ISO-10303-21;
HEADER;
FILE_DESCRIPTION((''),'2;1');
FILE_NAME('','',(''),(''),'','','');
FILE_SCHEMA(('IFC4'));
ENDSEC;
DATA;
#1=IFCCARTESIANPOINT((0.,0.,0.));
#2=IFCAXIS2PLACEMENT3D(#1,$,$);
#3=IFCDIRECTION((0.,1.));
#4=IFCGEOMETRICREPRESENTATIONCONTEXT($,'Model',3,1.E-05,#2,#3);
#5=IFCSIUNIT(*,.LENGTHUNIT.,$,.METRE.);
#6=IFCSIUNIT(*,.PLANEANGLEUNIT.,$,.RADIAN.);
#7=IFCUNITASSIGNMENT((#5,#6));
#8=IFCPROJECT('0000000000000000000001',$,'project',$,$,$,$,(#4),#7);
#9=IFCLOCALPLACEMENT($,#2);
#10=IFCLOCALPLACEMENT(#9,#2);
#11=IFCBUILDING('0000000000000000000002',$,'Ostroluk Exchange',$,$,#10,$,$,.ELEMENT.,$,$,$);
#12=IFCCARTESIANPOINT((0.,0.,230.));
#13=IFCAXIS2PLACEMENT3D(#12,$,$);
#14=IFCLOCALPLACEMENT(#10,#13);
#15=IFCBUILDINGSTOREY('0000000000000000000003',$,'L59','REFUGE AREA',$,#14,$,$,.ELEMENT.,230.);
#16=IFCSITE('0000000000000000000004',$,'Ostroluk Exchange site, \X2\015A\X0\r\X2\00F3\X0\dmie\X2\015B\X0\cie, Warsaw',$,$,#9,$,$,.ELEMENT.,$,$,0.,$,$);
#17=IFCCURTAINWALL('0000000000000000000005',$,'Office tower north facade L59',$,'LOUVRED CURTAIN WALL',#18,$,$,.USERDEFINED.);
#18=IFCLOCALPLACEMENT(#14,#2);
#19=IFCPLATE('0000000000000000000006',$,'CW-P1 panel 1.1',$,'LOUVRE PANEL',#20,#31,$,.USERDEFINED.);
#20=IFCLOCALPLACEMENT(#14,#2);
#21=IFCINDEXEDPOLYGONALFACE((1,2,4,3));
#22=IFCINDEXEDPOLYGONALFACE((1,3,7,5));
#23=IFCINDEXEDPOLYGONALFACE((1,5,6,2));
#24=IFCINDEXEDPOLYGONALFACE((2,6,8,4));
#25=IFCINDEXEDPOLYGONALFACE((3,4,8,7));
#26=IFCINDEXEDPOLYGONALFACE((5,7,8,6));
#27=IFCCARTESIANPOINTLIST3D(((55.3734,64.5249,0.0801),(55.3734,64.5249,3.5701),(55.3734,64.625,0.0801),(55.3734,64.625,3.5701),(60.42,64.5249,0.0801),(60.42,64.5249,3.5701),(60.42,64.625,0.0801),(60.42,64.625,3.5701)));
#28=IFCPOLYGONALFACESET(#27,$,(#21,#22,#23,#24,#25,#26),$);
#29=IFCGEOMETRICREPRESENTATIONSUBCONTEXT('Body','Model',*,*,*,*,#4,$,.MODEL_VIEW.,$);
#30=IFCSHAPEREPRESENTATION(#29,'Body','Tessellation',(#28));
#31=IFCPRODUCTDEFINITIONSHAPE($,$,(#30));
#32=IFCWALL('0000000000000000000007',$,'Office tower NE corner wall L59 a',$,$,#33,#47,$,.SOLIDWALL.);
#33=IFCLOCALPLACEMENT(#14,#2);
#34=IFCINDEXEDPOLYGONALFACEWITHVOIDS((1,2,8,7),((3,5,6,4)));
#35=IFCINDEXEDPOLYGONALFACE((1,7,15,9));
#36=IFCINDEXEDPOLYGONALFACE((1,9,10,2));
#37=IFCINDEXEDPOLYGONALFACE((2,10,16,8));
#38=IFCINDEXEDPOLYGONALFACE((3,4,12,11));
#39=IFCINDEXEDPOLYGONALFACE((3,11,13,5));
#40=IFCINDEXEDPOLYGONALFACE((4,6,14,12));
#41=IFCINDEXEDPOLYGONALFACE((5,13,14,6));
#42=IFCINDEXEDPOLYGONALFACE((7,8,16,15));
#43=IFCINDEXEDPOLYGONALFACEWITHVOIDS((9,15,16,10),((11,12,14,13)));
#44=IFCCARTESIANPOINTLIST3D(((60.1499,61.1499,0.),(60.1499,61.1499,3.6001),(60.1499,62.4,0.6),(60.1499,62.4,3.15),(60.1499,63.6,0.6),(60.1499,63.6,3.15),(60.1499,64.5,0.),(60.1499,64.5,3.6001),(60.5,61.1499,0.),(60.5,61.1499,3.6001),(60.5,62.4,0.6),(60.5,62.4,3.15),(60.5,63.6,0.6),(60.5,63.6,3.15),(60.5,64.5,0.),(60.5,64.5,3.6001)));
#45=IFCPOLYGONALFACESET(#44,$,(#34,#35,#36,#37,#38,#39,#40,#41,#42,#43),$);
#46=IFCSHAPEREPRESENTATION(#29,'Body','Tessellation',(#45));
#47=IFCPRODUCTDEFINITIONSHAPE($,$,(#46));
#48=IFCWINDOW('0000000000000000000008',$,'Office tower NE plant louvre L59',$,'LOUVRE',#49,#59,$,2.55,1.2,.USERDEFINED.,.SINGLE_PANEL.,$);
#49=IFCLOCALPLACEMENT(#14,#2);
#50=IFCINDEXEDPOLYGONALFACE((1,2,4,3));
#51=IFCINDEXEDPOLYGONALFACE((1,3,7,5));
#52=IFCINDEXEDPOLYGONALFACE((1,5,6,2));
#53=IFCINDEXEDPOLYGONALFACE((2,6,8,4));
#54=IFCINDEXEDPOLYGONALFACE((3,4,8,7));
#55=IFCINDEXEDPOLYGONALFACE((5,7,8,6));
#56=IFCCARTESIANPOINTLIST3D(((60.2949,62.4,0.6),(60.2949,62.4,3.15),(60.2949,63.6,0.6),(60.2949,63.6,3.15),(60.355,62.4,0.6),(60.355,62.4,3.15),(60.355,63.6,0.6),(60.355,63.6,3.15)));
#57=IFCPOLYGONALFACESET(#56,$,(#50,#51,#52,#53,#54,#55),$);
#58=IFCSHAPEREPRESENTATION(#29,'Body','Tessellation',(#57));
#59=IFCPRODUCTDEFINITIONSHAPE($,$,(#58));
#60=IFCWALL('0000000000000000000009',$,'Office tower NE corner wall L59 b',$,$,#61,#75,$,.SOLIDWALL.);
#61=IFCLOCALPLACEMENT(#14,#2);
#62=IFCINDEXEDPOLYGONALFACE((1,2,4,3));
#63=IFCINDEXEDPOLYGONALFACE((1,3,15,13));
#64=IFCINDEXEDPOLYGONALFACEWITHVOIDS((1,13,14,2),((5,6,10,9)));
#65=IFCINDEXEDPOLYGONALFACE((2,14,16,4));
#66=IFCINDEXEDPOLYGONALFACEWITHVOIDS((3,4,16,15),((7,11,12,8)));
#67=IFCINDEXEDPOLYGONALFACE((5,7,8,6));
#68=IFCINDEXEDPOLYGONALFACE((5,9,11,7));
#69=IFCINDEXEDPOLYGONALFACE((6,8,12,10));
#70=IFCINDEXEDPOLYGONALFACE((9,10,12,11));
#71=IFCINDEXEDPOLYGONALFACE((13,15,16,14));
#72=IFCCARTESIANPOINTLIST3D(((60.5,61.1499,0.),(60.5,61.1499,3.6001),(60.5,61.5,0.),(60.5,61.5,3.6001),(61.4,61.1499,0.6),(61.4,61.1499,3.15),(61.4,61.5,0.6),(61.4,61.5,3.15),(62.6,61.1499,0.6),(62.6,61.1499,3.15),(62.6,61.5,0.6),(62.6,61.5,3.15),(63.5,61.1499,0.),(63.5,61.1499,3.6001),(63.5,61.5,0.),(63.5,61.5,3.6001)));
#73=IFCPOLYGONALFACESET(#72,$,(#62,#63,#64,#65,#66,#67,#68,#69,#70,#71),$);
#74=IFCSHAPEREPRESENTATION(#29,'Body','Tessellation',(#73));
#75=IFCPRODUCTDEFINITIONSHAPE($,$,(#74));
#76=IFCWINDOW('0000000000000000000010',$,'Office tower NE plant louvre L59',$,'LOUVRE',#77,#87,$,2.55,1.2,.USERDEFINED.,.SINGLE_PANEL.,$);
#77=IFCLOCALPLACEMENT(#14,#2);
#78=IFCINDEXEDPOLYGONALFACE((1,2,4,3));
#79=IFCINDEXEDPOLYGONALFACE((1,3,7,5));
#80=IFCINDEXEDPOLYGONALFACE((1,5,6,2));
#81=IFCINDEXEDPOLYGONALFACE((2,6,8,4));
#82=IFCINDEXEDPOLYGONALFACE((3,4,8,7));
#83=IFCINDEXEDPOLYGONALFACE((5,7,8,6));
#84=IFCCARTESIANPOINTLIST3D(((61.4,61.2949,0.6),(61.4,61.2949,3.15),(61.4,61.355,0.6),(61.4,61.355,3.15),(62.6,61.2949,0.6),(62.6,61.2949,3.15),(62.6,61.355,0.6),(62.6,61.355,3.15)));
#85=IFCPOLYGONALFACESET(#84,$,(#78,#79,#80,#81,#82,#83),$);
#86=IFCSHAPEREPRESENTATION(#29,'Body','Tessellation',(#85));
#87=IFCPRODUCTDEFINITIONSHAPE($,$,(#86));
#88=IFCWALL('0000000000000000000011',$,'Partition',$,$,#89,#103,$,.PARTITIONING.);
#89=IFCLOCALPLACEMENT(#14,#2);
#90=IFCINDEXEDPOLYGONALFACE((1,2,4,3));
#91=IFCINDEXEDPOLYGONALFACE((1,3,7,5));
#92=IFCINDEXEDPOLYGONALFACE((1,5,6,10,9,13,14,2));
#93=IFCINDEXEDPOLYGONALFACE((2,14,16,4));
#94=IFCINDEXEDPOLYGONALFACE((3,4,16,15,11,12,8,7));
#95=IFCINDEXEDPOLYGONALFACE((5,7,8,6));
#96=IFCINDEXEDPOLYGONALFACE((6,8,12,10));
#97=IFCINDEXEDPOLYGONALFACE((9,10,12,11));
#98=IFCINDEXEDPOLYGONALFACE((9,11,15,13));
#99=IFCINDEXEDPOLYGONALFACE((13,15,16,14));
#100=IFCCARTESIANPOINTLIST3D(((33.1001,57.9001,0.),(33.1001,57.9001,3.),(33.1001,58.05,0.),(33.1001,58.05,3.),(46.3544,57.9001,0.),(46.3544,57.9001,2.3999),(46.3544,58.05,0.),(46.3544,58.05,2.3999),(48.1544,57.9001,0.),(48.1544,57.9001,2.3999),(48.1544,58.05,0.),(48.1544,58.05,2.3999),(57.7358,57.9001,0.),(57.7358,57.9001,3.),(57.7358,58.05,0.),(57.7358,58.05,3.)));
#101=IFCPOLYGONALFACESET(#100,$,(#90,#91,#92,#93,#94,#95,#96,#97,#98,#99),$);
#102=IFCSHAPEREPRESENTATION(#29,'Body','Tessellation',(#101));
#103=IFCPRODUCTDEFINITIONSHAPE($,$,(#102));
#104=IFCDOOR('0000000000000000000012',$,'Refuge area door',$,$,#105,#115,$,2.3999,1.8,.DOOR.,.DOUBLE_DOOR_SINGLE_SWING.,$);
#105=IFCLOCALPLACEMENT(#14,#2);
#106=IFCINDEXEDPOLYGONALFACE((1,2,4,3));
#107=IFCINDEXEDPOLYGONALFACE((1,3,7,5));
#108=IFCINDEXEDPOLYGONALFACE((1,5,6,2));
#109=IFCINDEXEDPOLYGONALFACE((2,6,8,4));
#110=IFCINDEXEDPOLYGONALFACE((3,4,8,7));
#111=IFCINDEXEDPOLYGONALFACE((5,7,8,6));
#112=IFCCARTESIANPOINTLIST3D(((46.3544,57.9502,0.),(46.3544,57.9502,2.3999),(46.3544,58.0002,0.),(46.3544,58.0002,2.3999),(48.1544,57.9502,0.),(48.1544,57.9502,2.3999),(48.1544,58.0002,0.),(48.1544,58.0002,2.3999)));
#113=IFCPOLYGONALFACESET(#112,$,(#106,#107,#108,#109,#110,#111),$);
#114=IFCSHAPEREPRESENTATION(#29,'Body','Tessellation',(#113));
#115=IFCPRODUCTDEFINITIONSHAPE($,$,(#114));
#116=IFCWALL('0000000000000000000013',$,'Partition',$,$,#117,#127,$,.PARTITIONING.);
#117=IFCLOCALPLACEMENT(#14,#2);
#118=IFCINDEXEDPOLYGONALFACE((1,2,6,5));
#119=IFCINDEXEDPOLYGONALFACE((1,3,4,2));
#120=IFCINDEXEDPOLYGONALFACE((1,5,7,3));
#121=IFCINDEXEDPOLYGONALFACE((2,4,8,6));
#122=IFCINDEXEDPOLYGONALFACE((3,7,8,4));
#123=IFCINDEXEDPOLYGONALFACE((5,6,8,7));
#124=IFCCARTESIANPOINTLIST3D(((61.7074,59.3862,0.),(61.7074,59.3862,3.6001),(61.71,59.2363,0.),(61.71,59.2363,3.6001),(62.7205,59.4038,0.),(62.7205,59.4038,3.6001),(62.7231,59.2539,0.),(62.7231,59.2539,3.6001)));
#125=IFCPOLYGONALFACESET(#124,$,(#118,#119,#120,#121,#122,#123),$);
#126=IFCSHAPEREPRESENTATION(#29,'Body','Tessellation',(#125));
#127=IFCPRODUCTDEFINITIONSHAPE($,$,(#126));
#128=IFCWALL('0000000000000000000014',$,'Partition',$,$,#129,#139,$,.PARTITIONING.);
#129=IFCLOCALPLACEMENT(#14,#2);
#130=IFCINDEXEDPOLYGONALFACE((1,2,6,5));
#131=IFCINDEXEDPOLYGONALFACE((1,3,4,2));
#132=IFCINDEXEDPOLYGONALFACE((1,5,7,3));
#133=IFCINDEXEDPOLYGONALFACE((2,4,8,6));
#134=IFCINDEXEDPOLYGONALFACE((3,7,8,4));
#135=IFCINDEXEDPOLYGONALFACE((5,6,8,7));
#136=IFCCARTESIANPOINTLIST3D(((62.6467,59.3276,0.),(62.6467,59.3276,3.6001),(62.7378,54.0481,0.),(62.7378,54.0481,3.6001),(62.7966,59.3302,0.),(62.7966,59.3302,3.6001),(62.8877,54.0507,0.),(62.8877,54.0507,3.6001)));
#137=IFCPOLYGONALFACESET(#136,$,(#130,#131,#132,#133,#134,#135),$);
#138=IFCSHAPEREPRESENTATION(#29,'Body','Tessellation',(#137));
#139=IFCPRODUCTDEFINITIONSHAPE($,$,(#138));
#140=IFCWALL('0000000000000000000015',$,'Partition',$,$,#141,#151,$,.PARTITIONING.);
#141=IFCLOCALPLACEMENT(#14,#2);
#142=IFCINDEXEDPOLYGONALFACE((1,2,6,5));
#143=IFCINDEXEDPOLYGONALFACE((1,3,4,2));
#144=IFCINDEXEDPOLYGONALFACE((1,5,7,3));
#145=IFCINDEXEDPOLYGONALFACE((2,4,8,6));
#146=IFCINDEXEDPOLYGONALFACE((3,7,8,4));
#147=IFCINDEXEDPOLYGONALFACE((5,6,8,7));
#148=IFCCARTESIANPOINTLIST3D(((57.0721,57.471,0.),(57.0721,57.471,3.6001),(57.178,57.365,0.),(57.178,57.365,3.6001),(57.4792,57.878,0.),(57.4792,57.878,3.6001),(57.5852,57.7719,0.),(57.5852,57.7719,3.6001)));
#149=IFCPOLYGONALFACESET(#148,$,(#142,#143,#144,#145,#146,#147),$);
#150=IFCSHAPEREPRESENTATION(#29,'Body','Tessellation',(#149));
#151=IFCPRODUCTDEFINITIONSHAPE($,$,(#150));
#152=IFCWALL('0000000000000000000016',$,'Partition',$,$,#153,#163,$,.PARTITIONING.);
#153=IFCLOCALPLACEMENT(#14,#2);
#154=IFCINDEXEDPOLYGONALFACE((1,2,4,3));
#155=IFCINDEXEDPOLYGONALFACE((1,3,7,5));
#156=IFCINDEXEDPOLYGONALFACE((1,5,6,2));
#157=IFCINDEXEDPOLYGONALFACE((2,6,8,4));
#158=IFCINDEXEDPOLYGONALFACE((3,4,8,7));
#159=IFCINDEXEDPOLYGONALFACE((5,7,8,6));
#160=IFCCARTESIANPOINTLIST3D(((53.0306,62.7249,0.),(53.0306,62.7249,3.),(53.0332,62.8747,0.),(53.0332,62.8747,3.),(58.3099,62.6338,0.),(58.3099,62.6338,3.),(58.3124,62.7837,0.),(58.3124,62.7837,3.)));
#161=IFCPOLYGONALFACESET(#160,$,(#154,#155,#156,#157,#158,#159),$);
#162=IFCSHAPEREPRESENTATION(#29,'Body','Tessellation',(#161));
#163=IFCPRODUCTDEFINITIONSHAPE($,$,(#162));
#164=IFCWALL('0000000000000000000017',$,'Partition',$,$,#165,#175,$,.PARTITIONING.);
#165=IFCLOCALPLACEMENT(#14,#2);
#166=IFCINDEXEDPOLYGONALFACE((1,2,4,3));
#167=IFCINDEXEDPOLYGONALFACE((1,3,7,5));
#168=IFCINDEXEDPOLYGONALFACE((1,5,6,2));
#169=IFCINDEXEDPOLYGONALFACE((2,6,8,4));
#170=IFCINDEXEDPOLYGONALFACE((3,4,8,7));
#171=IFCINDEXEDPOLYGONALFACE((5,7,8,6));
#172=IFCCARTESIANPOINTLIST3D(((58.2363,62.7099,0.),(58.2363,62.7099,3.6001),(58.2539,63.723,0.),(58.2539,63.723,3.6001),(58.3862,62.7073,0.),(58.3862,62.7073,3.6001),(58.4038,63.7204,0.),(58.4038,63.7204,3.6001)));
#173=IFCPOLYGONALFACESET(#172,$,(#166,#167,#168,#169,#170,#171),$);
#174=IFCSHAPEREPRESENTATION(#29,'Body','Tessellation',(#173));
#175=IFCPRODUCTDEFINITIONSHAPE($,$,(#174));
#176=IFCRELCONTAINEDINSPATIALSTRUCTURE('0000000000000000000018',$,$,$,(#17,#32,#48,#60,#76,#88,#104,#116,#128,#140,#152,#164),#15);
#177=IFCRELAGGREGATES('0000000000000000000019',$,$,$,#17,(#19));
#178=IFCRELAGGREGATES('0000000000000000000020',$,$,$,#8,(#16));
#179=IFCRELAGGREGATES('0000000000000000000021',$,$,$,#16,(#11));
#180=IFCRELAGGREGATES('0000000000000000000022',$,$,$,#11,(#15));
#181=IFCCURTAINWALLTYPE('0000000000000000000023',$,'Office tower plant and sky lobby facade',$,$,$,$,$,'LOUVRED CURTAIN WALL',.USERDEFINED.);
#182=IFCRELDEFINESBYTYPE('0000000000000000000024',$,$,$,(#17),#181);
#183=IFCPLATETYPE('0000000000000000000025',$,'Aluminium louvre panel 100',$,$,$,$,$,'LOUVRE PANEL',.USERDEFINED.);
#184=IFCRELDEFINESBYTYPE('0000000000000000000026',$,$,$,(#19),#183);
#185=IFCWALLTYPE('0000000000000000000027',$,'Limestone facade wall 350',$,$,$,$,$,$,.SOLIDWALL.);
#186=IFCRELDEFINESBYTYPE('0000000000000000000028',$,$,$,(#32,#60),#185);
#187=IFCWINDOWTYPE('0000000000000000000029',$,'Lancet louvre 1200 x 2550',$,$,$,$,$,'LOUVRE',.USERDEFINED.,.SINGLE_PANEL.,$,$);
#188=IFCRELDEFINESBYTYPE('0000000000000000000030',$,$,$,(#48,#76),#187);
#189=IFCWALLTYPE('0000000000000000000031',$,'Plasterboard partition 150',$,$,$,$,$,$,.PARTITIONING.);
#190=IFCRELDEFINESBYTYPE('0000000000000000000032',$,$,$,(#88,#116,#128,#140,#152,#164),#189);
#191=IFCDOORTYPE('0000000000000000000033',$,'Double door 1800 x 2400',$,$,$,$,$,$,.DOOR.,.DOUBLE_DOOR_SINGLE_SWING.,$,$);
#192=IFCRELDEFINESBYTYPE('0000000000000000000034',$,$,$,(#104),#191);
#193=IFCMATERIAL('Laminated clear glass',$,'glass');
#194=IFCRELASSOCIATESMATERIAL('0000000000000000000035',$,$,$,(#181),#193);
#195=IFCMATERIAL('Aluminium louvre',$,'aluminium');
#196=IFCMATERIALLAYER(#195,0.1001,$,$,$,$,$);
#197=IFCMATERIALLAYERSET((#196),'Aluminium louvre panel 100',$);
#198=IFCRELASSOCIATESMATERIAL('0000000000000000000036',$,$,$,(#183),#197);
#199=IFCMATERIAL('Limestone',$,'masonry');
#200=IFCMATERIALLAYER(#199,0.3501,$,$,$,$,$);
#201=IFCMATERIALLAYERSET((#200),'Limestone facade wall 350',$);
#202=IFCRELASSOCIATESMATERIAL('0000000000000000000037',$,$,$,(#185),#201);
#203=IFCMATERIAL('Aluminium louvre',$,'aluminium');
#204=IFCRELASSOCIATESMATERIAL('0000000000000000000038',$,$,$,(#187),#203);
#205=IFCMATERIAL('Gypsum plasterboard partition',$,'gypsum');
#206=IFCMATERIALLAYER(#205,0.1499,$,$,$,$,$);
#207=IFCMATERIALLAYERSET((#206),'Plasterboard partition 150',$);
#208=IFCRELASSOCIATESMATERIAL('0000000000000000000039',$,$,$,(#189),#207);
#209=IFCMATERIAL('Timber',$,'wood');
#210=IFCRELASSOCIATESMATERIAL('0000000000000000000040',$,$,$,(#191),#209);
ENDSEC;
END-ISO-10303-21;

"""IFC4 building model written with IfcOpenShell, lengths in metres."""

from ifc_helpers import new_model, si_unit, direction, frame, frame_2d, origin, origin_2d, place, context, subcontext, project, spatial, rectangle, extrude, material, layer, layer_set, type_object, element, fill, aggregate, save


model = new_model("IFC4")

# Units and contexts
model_context = context("Model", 3, precision=1e-05, world=origin(), true_north=direction((0.0, 1.0)))
body_context = subcontext(model_context, "Body", "Model", "MODEL_VIEW")
ifc_project = project(units=[si_unit("LENGTHUNIT", "METRE"), si_unit("PLANEANGLEUNIT", "RADIAN")], contexts=[model_context])

# Site, building, storey
site_placement = place(None, origin())
site = spatial("IfcSite", under=ifc_project, at=site_placement, Name="Ostroluk Exchange site, Śródmieście, Warsaw", CompositionType="ELEMENT", RefElevation=0.0)
building_placement = place(site_placement, origin())
building = spatial("IfcBuilding", under=site, at=building_placement, Name="Ostroluk Exchange", CompositionType="ELEMENT")
storey_placement = place(building_placement, frame((0.0, 0.0, 230.0)))
storey = spatial("IfcBuildingStorey", under=building, at=storey_placement, Name="L59", Description="REFUGE AREA", CompositionType="ELEMENT", Elevation=230.0)

# Curtain wall
ifc_material_1 = material(Name="Laminated clear glass", Category="glass")
curtain_wall_type = type_object("IfcCurtainWallType", Name="Office tower plant and sky lobby facade", ElementType="LOUVRED CURTAIN WALL", PredefinedType="USERDEFINED", material=ifc_material_1)
curtain_wall_1_placement = place(storey_placement, origin())
curtain_wall_1 = element("IfcCurtainWall", 1, at=curtain_wall_1_placement, inside=storey, type_object=curtain_wall_type, Name="Office tower north facade L59", ObjectType="LOUVRED CURTAIN WALL", PredefinedType="USERDEFINED")

# Plate
ifc_material_2 = material(Name="Aluminium louvre", Category="aluminium")
ifc_layer_1 = layer(ifc_material_2, 0.1001)
ifc_layer_set_1 = layer_set([ifc_layer_1], Name="Aluminium louvre panel 100")
plate_type = type_object("IfcPlateType", Name="Aluminium louvre panel 100", ElementType="LOUVRE PANEL", PredefinedType="USERDEFINED", material=ifc_layer_set_1)
plate_1_placement = place(storey_placement, frame((57.8967, 64.575, 0.0801), z_axis=(0.0, 0.0, 1.0), x_axis=(-1.0, 0.0, 0.0)))
plate_1 = element("IfcPlate", 2, at=plate_1_placement, type_object=plate_type, Name="CW-P1 panel 1.1", ObjectType="LOUVRE PANEL", PredefinedType="USERDEFINED", context=body_context, shape_type="SweptSolid", body=[
    extrude(rectangle(XDim=5.0466, YDim=0.1001, at=origin_2d()), origin(), (0.0, 0.0, 1.0), 3.49),
])
aggregate(curtain_wall_1, [plate_1])

# Walls, openings, windows
ifc_material_3 = material(Name="Limestone", Category="masonry")
ifc_layer_2 = layer(ifc_material_3, 0.3501)
ifc_layer_set_2 = layer_set([ifc_layer_2], Name="Limestone facade wall 350")
wall_type_1 = type_object("IfcWallType", Name="Limestone facade wall 350", PredefinedType="SOLIDWALL", material=ifc_layer_set_2)
wall_1_placement = place(storey_placement, frame((60.325, 64.5, 0.0), z_axis=(0.0, 0.0, 1.0), x_axis=(0.0, -1.0, 0.0)))
wall_1 = element("IfcWall", 3, at=wall_1_placement, inside=storey, type_object=wall_type_1, Name="Office tower NE corner wall L59 a", PredefinedType="SOLIDWALL", context=body_context, shape_type="SweptSolid", body=[
    extrude(rectangle(XDim=3.3501, YDim=0.3501, at=frame_2d((1.675, 0.0))), origin(), (0.0, 0.0, 1.0), 3.6001),
])
opening_1_placement = place(wall_1_placement, frame((0.8999, 0.0, 0.6001)))
opening_1 = element("IfcOpeningElement", 4, at=opening_1_placement, cuts=wall_1, PredefinedType="OPENING", context=body_context, shape_type="SweptSolid", body=[
    extrude(rectangle(XDim=1.2, YDim=2.55, at=frame_2d((0.6001, 1.2749))), frame((0.0, 0.1851, 0.0), z_axis=(0.0, -1.0, 0.0), x_axis=(1.0, 0.0, 0.0)), (0.0, 0.0, 1.0), 0.3701),
])
ifc_material_4 = material(Name="Aluminium louvre", Category="aluminium")
window_type = type_object("IfcWindowType", Name="Lancet louvre 1200 x 2550", ElementType="LOUVRE", PartitioningType="SINGLE_PANEL", PredefinedType="USERDEFINED", material=ifc_material_4)
window_1_placement = place(opening_1_placement, origin())
window_1 = element("IfcWindow", 5, at=window_1_placement, inside=storey, type_object=window_type, Name="Office tower NE plant louvre L59", ObjectType="LOUVRE", OverallHeight=2.55, OverallWidth=1.2, PartitioningType="SINGLE_PANEL", PredefinedType="USERDEFINED", context=body_context, shape_type="SweptSolid", body=[
    extrude(rectangle(XDim=1.2, YDim=2.55, at=frame_2d((0.6001, 1.2749))), frame((0.0, 0.03, 0.0), z_axis=(0.0, -1.0, 0.0), x_axis=(1.0, 0.0, 0.0)), (0.0, 0.0, 1.0), 0.0601),
])
fill(opening_1, window_1)
wall_2_placement = place(storey_placement, frame((60.5, 61.325, 0.0), z_axis=(0.0, 0.0, 1.0), x_axis=(1.0, 0.0, 0.0)))
wall_2 = element("IfcWall", 6, at=wall_2_placement, inside=storey, type_object=wall_type_1, Name="Office tower NE corner wall L59 b", PredefinedType="SOLIDWALL", context=body_context, shape_type="SweptSolid", body=[
    extrude(rectangle(XDim=3.0, YDim=0.3501, at=frame_2d((1.5, 0.0))), origin(), (0.0, 0.0, 1.0), 3.6001),
])
opening_2_placement = place(wall_2_placement, frame((0.8999, 0.0, 0.6001)))
opening_2 = element("IfcOpeningElement", 7, at=opening_2_placement, cuts=wall_2, PredefinedType="OPENING", context=body_context, shape_type="SweptSolid", body=[
    extrude(rectangle(XDim=1.2, YDim=2.55, at=frame_2d((0.6001, 1.2749))), frame((0.0, 0.1851, 0.0), z_axis=(0.0, -1.0, 0.0), x_axis=(1.0, 0.0, 0.0)), (0.0, 0.0, 1.0), 0.3701),
])
window_2_placement = place(opening_2_placement, origin())
window_2 = element("IfcWindow", 8, at=window_2_placement, inside=storey, type_object=window_type, Name="Office tower NE plant louvre L59", ObjectType="LOUVRE", OverallHeight=2.55, OverallWidth=1.2, PartitioningType="SINGLE_PANEL", PredefinedType="USERDEFINED", context=body_context, shape_type="SweptSolid", body=[
    extrude(rectangle(XDim=1.2, YDim=2.55, at=frame_2d((0.6001, 1.2749))), frame((0.0, 0.03, 0.0), z_axis=(0.0, -1.0, 0.0), x_axis=(1.0, 0.0, 0.0)), (0.0, 0.0, 1.0), 0.0601),
])
fill(opening_2, window_2)

# Wall, opening, door
ifc_material_5 = material(Name="Gypsum plasterboard partition", Category="gypsum")
ifc_layer_3 = layer(ifc_material_5, 0.1499)
ifc_layer_set_3 = layer_set([ifc_layer_3], Name="Plasterboard partition 150")
wall_type_2 = type_object("IfcWallType", Name="Plasterboard partition 150", PredefinedType="PARTITIONING", material=ifc_layer_set_3)
wall_3_placement = place(storey_placement, frame((57.7358, 57.9751, 0.0), z_axis=(0.0, 0.0, 1.0), x_axis=(-1.0, 0.0, 0.0)))
wall_3 = element("IfcWall", 9, at=wall_3_placement, inside=storey, type_object=wall_type_2, Name="Partition", PredefinedType="PARTITIONING", context=body_context, shape_type="SweptSolid", body=[
    extrude(rectangle(XDim=24.6357, YDim=0.1499, at=frame_2d((12.3179, 0.0))), origin(), (0.0, 0.0, 1.0), 3.0),
])
opening_3_placement = place(wall_3_placement, frame((9.5815, 0.0, 0.0)))
opening_3 = element("IfcOpeningElement", 10, at=opening_3_placement, cuts=wall_3, PredefinedType="OPENING", context=body_context, shape_type="SweptSolid", body=[
    extrude(rectangle(XDim=1.8, YDim=2.3999, at=frame_2d((0.8999, 1.2))), frame((0.0, 0.085, 0.0), z_axis=(0.0, -1.0, 0.0), x_axis=(1.0, 0.0, 0.0)), (0.0, 0.0, 1.0), 0.1699),
])
ifc_material_6 = material(Name="Timber", Category="wood")
door_type = type_object("IfcDoorType", Name="Double door 1800 x 2400", OperationType="DOUBLE_DOOR_SINGLE_SWING", PredefinedType="DOOR", material=ifc_material_6)
door_placement = place(opening_3_placement, origin())
door = element("IfcDoor", 11, at=door_placement, inside=storey, type_object=door_type, Name="Refuge area door", OperationType="DOUBLE_DOOR_SINGLE_SWING", OverallHeight=2.3999, OverallWidth=1.8, PredefinedType="DOOR", context=body_context, shape_type="SweptSolid", body=[
    extrude(rectangle(XDim=1.8, YDim=2.3999, at=frame_2d((0.8999, 1.2))), frame((0.0, 0.0249, 0.0), z_axis=(0.0, -1.0, 0.0), x_axis=(1.0, 0.0, 0.0)), (0.0, 0.0, 1.0), 0.05),
])
fill(opening_3, door)

# Walls
wall_4_placement = place(storey_placement, frame((61.7087, 59.3113, 0.0), z_axis=(0.0, 0.0, 1.0), x_axis=(0.999849, 0.017351, 0.0)))
element("IfcWall", 12, at=wall_4_placement, inside=storey, type_object=wall_type_2, Name="Partition", PredefinedType="PARTITIONING", context=body_context, shape_type="SweptSolid", body=[
    extrude(rectangle(XDim=1.0132, YDim=0.1499, at=frame_2d((0.5066, 0.0))), origin(), (0.0, 0.0, 1.0), 3.6001),
])
wall_5_placement = place(storey_placement, frame((62.7217, 59.3289, 0.0), z_axis=(0.0, 0.0, 1.0), x_axis=(0.017246, -0.999851, 0.0)))
element("IfcWall", 13, at=wall_5_placement, inside=storey, type_object=wall_type_2, Name="Partition", PredefinedType="PARTITIONING", context=body_context, shape_type="SweptSolid", body=[
    extrude(rectangle(XDim=5.2803, YDim=0.1499, at=frame_2d((2.6401, 0.0))), origin(), (0.0, 0.0, 1.0), 3.6001),
])
wall_6_placement = place(storey_placement, frame((57.5322, 57.825, 0.0), z_axis=(0.0, 0.0, 1.0), x_axis=(-0.707319, -0.706895, 0.0)))
element("IfcWall", 14, at=wall_6_placement, inside=storey, type_object=wall_type_2, Name="Partition", PredefinedType="PARTITIONING", context=body_context, shape_type="SweptSolid", body=[
    extrude(rectangle(XDim=0.5757, YDim=0.1499, at=frame_2d((0.2878, 0.0))), origin(), (0.0, 0.0, 1.0), 3.6001),
])
wall_7_placement = place(storey_placement, frame((58.3113, 62.7087, 0.0), z_axis=(0.0, 0.0, 1.0), x_axis=(-0.999851, 0.017247, 0.0)))
element("IfcWall", 15, at=wall_7_placement, inside=storey, type_object=wall_type_2, Name="Partition", PredefinedType="PARTITIONING", context=body_context, shape_type="SweptSolid", body=[
    extrude(rectangle(XDim=5.28, YDim=0.1499, at=frame_2d((2.6401, 0.0))), origin(), (0.0, 0.0, 1.0), 3.0),
])
wall_8_placement = place(storey_placement, frame((58.3289, 63.7217, 0.0), z_axis=(0.0, 0.0, 1.0), x_axis=(-0.017351, -0.999849, 0.0)))
element("IfcWall", 16, at=wall_8_placement, inside=storey, type_object=wall_type_2, Name="Partition", PredefinedType="PARTITIONING", context=body_context, shape_type="SweptSolid", body=[
    extrude(rectangle(XDim=1.0132, YDim=0.1499, at=frame_2d((0.5066, 0.0))), origin(), (0.0, 0.0, 1.0), 3.6001),
])

save(model, "model.ifc")
